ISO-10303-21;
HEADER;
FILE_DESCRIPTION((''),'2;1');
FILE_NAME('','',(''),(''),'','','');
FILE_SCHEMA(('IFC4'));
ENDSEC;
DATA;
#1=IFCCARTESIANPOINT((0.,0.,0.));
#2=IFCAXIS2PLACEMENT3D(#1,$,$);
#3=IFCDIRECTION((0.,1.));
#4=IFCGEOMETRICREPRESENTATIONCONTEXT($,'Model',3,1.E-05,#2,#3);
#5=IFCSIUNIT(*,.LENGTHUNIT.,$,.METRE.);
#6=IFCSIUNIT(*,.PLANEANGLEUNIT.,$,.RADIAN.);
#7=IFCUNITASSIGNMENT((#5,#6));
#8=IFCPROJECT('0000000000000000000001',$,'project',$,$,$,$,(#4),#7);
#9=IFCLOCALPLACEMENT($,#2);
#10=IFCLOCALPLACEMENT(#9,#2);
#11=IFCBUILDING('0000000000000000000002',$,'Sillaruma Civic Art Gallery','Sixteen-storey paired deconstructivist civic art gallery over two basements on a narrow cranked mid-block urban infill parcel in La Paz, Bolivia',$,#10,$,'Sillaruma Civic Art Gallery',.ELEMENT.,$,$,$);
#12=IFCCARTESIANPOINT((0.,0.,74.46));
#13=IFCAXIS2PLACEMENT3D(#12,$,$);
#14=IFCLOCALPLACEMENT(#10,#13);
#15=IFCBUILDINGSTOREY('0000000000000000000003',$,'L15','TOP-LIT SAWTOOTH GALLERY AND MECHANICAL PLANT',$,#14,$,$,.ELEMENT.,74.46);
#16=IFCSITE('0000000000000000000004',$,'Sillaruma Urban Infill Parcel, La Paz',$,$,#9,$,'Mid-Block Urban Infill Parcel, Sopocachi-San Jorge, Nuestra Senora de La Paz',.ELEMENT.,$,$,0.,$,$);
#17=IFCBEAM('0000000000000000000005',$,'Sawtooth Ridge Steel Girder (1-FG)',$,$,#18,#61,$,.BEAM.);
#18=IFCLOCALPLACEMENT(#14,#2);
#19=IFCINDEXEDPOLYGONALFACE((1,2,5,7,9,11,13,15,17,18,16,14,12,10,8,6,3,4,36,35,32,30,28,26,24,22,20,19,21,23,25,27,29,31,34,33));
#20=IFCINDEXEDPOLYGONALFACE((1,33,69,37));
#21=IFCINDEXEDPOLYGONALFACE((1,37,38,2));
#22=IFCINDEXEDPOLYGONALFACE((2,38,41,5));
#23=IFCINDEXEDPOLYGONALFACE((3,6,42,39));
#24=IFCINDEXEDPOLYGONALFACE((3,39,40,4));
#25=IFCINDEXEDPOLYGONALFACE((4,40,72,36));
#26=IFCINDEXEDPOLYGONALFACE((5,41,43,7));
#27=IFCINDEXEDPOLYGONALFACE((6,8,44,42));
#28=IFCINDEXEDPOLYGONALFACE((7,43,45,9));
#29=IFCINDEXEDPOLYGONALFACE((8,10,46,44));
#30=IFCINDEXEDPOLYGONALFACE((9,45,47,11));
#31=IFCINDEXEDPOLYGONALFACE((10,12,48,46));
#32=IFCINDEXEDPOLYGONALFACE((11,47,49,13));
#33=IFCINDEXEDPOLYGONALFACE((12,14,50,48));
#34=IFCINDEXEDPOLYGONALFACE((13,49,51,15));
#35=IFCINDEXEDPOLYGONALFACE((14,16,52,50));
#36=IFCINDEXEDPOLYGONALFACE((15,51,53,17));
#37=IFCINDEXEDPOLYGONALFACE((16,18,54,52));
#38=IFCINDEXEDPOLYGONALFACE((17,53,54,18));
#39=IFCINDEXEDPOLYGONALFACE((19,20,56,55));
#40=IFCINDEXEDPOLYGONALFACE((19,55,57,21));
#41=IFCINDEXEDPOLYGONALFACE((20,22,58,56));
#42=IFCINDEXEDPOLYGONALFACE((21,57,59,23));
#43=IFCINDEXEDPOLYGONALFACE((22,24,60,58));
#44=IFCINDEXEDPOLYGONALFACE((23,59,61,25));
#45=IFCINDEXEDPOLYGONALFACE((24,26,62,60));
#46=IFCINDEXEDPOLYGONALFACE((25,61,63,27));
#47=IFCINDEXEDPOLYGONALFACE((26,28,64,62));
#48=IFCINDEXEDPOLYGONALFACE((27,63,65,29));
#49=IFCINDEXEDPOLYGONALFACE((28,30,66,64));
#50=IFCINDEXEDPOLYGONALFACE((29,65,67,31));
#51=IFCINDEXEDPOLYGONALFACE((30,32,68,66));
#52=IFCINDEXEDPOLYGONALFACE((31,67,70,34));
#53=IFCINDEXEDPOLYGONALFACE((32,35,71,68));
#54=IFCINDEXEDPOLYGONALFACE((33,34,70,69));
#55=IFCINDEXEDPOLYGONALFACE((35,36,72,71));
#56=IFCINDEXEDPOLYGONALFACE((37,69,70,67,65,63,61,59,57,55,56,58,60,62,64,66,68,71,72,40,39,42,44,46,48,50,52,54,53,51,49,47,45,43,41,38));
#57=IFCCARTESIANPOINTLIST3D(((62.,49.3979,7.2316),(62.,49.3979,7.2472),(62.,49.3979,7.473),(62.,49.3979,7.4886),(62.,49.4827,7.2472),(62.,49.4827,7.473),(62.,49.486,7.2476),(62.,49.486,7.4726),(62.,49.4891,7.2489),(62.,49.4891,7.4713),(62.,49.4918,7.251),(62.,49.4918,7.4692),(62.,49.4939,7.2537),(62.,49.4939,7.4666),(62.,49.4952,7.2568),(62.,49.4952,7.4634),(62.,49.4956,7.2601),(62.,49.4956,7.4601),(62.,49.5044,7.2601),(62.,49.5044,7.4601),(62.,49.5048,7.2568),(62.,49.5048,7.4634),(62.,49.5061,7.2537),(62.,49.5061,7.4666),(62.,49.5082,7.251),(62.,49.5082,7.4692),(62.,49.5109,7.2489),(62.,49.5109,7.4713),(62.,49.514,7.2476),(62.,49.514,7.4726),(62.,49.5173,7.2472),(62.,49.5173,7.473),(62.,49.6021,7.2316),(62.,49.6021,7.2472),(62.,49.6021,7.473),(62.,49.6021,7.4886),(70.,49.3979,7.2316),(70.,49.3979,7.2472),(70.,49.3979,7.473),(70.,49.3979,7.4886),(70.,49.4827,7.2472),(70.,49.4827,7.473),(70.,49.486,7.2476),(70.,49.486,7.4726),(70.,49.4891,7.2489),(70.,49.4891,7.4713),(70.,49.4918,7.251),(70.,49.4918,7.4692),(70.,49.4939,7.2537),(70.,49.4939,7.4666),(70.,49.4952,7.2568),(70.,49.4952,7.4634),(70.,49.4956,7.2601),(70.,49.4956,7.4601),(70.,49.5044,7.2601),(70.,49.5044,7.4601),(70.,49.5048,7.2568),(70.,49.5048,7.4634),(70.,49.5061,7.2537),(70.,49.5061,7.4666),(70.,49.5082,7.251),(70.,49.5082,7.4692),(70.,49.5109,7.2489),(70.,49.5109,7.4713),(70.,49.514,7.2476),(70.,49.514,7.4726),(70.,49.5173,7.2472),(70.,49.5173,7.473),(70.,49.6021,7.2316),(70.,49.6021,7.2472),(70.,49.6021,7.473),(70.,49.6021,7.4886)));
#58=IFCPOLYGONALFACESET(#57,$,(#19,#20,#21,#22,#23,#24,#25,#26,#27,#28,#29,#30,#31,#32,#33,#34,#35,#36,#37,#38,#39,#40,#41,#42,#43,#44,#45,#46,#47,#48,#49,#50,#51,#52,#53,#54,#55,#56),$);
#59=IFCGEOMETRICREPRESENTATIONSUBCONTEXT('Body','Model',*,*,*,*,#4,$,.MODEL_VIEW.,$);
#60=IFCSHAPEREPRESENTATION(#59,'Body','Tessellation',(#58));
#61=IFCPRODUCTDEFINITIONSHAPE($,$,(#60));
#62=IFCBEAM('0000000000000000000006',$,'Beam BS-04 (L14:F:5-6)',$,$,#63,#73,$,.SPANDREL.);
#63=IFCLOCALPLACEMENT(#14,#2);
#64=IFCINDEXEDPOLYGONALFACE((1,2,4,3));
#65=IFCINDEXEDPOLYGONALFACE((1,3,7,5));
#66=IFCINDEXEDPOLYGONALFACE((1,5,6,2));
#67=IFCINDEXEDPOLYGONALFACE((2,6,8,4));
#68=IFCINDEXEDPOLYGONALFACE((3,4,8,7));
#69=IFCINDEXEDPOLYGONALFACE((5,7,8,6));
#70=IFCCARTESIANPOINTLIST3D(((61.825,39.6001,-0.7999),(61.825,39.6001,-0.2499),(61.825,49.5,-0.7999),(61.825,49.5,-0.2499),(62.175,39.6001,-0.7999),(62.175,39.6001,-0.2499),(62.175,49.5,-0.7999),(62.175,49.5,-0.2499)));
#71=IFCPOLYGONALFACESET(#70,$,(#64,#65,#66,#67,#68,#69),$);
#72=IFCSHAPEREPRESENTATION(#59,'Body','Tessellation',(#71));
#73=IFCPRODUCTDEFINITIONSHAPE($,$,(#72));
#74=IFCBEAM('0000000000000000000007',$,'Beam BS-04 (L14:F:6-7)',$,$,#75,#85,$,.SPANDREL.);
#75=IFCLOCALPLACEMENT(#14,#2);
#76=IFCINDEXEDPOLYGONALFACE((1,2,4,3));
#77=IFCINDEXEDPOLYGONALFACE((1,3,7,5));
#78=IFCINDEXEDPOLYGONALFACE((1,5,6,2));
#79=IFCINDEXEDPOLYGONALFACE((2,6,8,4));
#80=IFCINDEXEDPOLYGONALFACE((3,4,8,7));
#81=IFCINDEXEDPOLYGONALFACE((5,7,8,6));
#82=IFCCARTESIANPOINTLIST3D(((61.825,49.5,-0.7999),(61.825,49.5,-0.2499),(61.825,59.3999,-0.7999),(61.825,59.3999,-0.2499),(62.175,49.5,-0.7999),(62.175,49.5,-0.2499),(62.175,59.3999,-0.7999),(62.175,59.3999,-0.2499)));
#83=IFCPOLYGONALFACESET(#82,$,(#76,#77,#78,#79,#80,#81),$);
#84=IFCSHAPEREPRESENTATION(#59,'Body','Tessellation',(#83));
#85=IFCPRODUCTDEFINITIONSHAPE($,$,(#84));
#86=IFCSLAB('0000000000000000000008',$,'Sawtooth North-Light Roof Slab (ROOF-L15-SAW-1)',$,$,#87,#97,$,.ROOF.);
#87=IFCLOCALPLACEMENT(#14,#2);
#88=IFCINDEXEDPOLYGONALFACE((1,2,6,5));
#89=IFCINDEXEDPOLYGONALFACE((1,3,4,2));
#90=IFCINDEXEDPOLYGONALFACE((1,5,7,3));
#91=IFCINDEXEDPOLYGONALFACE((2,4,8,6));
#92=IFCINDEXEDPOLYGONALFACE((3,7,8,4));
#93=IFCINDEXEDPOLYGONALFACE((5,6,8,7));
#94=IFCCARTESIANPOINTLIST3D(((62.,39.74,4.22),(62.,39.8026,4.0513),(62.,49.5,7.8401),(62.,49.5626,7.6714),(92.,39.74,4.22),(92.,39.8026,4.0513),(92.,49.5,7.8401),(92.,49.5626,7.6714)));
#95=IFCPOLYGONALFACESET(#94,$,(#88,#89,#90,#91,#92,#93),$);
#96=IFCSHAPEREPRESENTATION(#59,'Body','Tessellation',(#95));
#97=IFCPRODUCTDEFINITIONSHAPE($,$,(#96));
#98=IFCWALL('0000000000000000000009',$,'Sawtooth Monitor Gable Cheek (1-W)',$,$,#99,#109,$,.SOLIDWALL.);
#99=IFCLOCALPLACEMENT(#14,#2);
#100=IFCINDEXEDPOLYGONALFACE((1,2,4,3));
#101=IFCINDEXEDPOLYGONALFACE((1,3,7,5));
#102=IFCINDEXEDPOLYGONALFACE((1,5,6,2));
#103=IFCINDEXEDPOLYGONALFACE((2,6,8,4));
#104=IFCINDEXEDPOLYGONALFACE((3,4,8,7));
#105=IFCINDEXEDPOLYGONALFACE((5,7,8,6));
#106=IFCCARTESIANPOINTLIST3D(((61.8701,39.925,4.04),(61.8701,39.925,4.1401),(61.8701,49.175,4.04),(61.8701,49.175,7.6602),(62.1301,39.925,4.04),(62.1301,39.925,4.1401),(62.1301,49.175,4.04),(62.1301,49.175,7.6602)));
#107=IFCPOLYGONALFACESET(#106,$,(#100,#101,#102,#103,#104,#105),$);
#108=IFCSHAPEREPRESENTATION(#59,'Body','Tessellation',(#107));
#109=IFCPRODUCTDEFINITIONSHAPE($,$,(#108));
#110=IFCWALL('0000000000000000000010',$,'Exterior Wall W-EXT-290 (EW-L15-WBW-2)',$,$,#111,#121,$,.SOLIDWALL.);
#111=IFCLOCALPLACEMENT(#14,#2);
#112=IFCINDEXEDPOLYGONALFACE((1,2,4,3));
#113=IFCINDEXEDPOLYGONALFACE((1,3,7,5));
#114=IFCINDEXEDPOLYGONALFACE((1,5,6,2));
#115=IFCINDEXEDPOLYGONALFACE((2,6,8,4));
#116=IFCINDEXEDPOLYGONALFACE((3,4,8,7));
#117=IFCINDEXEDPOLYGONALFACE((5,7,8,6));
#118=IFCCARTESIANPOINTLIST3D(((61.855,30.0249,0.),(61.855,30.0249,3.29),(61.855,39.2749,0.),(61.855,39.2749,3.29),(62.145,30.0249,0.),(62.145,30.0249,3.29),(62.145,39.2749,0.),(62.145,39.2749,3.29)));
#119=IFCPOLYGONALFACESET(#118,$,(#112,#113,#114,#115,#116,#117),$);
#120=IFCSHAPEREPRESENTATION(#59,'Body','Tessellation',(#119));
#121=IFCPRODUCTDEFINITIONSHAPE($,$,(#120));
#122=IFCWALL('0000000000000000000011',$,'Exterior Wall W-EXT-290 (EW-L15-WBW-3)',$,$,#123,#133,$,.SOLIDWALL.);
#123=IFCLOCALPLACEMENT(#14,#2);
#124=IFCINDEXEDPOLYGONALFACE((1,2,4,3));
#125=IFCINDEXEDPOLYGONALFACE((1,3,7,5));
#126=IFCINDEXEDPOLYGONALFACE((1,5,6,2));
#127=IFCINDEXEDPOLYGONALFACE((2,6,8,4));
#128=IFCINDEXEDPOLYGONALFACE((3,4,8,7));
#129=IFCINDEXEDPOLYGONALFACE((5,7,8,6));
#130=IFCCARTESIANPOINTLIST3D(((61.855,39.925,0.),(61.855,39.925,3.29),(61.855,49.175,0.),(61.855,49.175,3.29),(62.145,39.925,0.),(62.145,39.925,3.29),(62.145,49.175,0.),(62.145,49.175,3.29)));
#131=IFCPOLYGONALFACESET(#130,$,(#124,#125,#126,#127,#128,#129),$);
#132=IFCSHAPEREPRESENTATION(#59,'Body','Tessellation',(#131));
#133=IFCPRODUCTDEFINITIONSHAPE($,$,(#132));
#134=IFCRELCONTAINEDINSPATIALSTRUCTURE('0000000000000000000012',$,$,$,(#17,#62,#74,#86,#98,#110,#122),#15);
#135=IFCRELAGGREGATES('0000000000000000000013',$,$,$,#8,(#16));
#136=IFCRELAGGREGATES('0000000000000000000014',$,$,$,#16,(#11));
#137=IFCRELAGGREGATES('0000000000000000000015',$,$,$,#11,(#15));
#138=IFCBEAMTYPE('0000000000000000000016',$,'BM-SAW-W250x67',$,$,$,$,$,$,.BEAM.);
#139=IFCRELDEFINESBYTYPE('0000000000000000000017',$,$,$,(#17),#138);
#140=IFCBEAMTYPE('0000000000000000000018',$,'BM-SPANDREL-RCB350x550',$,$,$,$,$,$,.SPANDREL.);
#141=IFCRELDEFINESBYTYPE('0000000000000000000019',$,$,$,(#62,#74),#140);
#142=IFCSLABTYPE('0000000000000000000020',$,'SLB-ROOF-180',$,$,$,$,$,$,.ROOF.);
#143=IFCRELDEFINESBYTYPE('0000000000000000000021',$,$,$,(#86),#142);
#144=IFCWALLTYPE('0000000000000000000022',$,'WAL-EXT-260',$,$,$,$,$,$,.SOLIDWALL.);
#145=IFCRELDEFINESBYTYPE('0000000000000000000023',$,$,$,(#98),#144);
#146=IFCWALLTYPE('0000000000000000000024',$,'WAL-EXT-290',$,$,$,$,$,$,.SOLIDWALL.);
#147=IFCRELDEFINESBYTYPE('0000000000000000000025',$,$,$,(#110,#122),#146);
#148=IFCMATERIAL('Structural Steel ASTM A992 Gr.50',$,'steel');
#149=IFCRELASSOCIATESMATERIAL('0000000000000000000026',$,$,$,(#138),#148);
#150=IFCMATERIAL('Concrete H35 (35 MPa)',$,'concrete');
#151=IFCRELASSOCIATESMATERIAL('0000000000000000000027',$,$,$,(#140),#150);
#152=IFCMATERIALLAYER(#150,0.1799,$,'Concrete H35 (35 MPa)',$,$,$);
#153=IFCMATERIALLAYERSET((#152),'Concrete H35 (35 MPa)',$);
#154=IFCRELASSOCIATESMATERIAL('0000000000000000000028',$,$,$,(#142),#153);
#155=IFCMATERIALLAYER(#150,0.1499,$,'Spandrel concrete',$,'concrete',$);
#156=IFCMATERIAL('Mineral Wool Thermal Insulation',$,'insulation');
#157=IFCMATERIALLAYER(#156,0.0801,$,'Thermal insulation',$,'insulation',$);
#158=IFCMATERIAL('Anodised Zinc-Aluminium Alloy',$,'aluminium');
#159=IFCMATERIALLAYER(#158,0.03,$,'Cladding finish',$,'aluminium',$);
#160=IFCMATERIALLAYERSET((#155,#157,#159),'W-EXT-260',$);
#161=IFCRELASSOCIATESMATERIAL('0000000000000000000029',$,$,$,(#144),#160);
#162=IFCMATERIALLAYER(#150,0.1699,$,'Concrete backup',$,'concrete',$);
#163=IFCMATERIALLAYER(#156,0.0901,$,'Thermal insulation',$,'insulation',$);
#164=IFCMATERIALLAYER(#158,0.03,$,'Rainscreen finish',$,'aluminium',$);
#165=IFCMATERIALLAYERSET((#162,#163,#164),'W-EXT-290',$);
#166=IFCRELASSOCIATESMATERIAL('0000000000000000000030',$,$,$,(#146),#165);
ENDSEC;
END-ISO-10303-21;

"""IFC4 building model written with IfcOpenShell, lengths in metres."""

from ifc_helpers import new_model, si_unit, direction, frame, frame_2d, origin, origin_2d, place, context, subcontext, project, spatial, polyline, rectangle, i_section, outline, extrude, material, layer, layer_set, material_profile, profile_set, type_object, element, save


model = new_model("IFC4")

# Units and contexts
model_context = context("Model", 3, precision=1e-05, world=origin(), true_north=direction((0.0, 1.0)))
body_context = subcontext(model_context, "Body", "Model", "MODEL_VIEW")
ifc_project = project(units=[si_unit("LENGTHUNIT", "METRE"), si_unit("PLANEANGLEUNIT", "RADIAN")], contexts=[model_context])

# Site, building, storey
site_placement = place(None, origin())
site = spatial("IfcSite", under=ifc_project, at=site_placement, Name="Sillaruma Urban Infill Parcel, La Paz", LongName="Mid-Block Urban Infill Parcel, Sopocachi-San Jorge, Nuestra Senora de La Paz", CompositionType="ELEMENT", RefElevation=0.0)
building_placement = place(site_placement, origin())
building = spatial("IfcBuilding", under=site, at=building_placement, Name="Sillaruma Civic Art Gallery", Description="Sixteen-storey paired deconstructivist civic art gallery over two basements on a narrow cranked mid-block urban infill parcel in La Paz, Bolivia", LongName="Sillaruma Civic Art Gallery", CompositionType="ELEMENT")
storey_placement = place(building_placement, frame((0.0, 0.0, 74.46)))
storey = spatial("IfcBuildingStorey", under=building, at=storey_placement, Name="L15", Description="TOP-LIT SAWTOOTH GALLERY AND MECHANICAL PLANT", CompositionType="ELEMENT", Elevation=74.46)

# Beams
ifc_material_1 = material(Name="Concrete H35 (35 MPa)", Category="concrete")
ifc_material_2 = material(Name="Structural Steel ASTM A992 Gr.50", Category="steel")
ifc_material_profile_1 = material_profile(ifc_material_2, i_section(OverallWidth=0.2041, OverallDepth=0.2571, WebThickness=0.0088, FlangeThickness=0.0156, FilletRadius=0.0129, at=origin_2d()), Name="W250x67")
ifc_profile_set_1 = profile_set([ifc_material_profile_1], Name="Structural Steel ASTM A992 Gr.50")
beam_type_1 = type_object("IfcBeamType", Name="BM-SAW-W250x67", PredefinedType="BEAM", material=ifc_profile_set_1)
for number, where, z_axis, x_axis, name in (
    (1, (62.0, 49.5, 7.3601), (1.0, 0.0, 0.0), (0.0, 1.0, 0.0), "Sawtooth Ridge Steel Girder (1-FG)"),
):
    element("IfcBeam", number, at=place(storey_placement, frame(where, z_axis=z_axis, x_axis=x_axis)), inside=storey, type_object=beam_type_1, Name=name, PredefinedType="BEAM", context=body_context, shape_type="SweptSolid", body=[
        extrude(i_section(OverallWidth=0.2041, OverallDepth=0.2571, WebThickness=0.0088, FlangeThickness=0.0156, FilletRadius=0.0129, at=origin_2d()), origin(), (0.0, 0.0, 1.0), 8.0),
    ])
ifc_material_profile_2 = material_profile(ifc_material_1, rectangle(XDim=0.3501, YDim=0.55, at=origin_2d()), Name="RCB350x550")
ifc_profile_set_2 = profile_set([ifc_material_profile_2], Name="Concrete H35 (35 MPa)")
beam_type_2 = type_object("IfcBeamType", Name="BM-SPANDREL-RCB350x550", PredefinedType="SPANDREL", material=ifc_profile_set_2)
for number, where, z_axis, x_axis, name in (
    (2, (62.0, 39.6001, -0.5249), (0.0, 1.0, 0.0), (-1.0, 0.0, 0.0), "Beam BS-04 (L14:F:5-6)"),
    (3, (62.0, 49.5, -0.5249), (0.0, 1.0, 0.0), (-1.0, 0.0, 0.0), "Beam BS-04 (L14:F:6-7)"),
):
    element("IfcBeam", number, at=place(storey_placement, frame(where, z_axis=z_axis, x_axis=x_axis)), inside=storey, type_object=beam_type_2, Name=name, PredefinedType="SPANDREL", context=body_context, shape_type="SweptSolid", body=[
        extrude(rectangle(XDim=0.3501, YDim=0.55, at=origin_2d()), origin(), (0.0, 0.0, 1.0), 9.8999),
    ])

# Slab
ifc_layer_1 = layer(ifc_material_1, 0.1799, Name="Concrete H35 (35 MPa)")
ifc_layer_set_1 = layer_set([ifc_layer_1], Name="Concrete H35 (35 MPa)")
slab_type = type_object("IfcSlabType", Name="SLB-ROOF-180", PredefinedType="ROOF", material=ifc_layer_set_1)
slab_placement = place(storey_placement, frame((62.0, 39.74, 4.22), z_axis=(0.0, -0.347762, 0.937583), x_axis=(1.0, 0.0, 0.0)))
element("IfcSlab", 4, at=slab_placement, inside=storey, type_object=slab_type, Name="Sawtooth North-Light Roof Slab (ROOF-L15-SAW-1)", PredefinedType="ROOF", context=body_context, shape_type="SweptSolid", body=[
    extrude(outline(polyline([(0.0, 0.0), (30.0, 0.0), (30.0, 10.4098), (0.0, 10.4098), (0.0, 0.0)])), origin(), (0.0, 0.0, -1.0), 0.1799),
])

# Walls
ifc_layer_2 = layer(ifc_material_1, 0.1499, Name="Spandrel concrete", Category="concrete")
ifc_material_3 = material(Name="Mineral Wool Thermal Insulation", Category="insulation")
ifc_layer_3 = layer(ifc_material_3, 0.0801, Name="Thermal insulation", Category="insulation")
ifc_material_4 = material(Name="Anodised Zinc-Aluminium Alloy", Category="aluminium")
ifc_layer_4 = layer(ifc_material_4, 0.03, Name="Cladding finish", Category="aluminium")
ifc_layer_set_2 = layer_set([ifc_layer_2, ifc_layer_3, ifc_layer_4], Name="W-EXT-260")
wall_type_1 = type_object("IfcWallType", Name="WAL-EXT-260", PredefinedType="SOLIDWALL", material=ifc_layer_set_2)
wall_placement = place(storey_placement, frame((62.0, 39.925, 4.04), z_axis=(0.0, 0.0, 1.0), x_axis=(0.0, 1.0, 0.0)))
element("IfcWall", 5, at=wall_placement, inside=storey, type_object=wall_type_1, Name="Sawtooth Monitor Gable Cheek (1-W)", PredefinedType="SOLIDWALL", context=body_context, shape_type="SweptSolid", body=[
    extrude(outline(polyline([(0.0, 0.0), (9.25, 0.0), (9.25, 3.6201), (0.0, 0.1001), (0.0, 0.0)])), frame((0.0, 0.1299, 0.0), z_axis=(0.0, -1.0, 0.0), x_axis=(1.0, 0.0, 0.0)), (0.0, 0.0, 1.0), 0.26),
])
ifc_layer_5 = layer(ifc_material_1, 0.1699, Name="Concrete backup", Category="concrete")
ifc_layer_6 = layer(ifc_material_3, 0.0901, Name="Thermal insulation", Category="insulation")
ifc_layer_7 = layer(ifc_material_4, 0.03, Name="Rainscreen finish", Category="aluminium")
ifc_layer_set_3 = layer_set([ifc_layer_5, ifc_layer_6, ifc_layer_7], Name="W-EXT-290")
wall_type_2 = type_object("IfcWallType", Name="WAL-EXT-290", PredefinedType="SOLIDWALL", material=ifc_layer_set_3)
for number, where, z_axis, x_axis, name in (
    (6, (62.0, 30.0249, 0.0), (0.0, 0.0, 1.0), (0.0, 1.0, 0.0), "Exterior Wall W-EXT-290 (EW-L15-WBW-2)"),
    (7, (62.0, 39.925, 0.0), (0.0, 0.0, 1.0), (0.0, 1.0, 0.0), "Exterior Wall W-EXT-290 (EW-L15-WBW-3)"),
):
    element("IfcWall", number, at=place(storey_placement, frame(where, z_axis=z_axis, x_axis=x_axis)), inside=storey, type_object=wall_type_2, Name=name, PredefinedType="SOLIDWALL", context=body_context, shape_type="SweptSolid", body=[
        extrude(rectangle(XDim=9.25, YDim=0.29, at=frame_2d((4.625, 0.0))), origin(), (0.0, 0.0, 1.0), 3.29),
    ])

save(model, "model.ifc")
